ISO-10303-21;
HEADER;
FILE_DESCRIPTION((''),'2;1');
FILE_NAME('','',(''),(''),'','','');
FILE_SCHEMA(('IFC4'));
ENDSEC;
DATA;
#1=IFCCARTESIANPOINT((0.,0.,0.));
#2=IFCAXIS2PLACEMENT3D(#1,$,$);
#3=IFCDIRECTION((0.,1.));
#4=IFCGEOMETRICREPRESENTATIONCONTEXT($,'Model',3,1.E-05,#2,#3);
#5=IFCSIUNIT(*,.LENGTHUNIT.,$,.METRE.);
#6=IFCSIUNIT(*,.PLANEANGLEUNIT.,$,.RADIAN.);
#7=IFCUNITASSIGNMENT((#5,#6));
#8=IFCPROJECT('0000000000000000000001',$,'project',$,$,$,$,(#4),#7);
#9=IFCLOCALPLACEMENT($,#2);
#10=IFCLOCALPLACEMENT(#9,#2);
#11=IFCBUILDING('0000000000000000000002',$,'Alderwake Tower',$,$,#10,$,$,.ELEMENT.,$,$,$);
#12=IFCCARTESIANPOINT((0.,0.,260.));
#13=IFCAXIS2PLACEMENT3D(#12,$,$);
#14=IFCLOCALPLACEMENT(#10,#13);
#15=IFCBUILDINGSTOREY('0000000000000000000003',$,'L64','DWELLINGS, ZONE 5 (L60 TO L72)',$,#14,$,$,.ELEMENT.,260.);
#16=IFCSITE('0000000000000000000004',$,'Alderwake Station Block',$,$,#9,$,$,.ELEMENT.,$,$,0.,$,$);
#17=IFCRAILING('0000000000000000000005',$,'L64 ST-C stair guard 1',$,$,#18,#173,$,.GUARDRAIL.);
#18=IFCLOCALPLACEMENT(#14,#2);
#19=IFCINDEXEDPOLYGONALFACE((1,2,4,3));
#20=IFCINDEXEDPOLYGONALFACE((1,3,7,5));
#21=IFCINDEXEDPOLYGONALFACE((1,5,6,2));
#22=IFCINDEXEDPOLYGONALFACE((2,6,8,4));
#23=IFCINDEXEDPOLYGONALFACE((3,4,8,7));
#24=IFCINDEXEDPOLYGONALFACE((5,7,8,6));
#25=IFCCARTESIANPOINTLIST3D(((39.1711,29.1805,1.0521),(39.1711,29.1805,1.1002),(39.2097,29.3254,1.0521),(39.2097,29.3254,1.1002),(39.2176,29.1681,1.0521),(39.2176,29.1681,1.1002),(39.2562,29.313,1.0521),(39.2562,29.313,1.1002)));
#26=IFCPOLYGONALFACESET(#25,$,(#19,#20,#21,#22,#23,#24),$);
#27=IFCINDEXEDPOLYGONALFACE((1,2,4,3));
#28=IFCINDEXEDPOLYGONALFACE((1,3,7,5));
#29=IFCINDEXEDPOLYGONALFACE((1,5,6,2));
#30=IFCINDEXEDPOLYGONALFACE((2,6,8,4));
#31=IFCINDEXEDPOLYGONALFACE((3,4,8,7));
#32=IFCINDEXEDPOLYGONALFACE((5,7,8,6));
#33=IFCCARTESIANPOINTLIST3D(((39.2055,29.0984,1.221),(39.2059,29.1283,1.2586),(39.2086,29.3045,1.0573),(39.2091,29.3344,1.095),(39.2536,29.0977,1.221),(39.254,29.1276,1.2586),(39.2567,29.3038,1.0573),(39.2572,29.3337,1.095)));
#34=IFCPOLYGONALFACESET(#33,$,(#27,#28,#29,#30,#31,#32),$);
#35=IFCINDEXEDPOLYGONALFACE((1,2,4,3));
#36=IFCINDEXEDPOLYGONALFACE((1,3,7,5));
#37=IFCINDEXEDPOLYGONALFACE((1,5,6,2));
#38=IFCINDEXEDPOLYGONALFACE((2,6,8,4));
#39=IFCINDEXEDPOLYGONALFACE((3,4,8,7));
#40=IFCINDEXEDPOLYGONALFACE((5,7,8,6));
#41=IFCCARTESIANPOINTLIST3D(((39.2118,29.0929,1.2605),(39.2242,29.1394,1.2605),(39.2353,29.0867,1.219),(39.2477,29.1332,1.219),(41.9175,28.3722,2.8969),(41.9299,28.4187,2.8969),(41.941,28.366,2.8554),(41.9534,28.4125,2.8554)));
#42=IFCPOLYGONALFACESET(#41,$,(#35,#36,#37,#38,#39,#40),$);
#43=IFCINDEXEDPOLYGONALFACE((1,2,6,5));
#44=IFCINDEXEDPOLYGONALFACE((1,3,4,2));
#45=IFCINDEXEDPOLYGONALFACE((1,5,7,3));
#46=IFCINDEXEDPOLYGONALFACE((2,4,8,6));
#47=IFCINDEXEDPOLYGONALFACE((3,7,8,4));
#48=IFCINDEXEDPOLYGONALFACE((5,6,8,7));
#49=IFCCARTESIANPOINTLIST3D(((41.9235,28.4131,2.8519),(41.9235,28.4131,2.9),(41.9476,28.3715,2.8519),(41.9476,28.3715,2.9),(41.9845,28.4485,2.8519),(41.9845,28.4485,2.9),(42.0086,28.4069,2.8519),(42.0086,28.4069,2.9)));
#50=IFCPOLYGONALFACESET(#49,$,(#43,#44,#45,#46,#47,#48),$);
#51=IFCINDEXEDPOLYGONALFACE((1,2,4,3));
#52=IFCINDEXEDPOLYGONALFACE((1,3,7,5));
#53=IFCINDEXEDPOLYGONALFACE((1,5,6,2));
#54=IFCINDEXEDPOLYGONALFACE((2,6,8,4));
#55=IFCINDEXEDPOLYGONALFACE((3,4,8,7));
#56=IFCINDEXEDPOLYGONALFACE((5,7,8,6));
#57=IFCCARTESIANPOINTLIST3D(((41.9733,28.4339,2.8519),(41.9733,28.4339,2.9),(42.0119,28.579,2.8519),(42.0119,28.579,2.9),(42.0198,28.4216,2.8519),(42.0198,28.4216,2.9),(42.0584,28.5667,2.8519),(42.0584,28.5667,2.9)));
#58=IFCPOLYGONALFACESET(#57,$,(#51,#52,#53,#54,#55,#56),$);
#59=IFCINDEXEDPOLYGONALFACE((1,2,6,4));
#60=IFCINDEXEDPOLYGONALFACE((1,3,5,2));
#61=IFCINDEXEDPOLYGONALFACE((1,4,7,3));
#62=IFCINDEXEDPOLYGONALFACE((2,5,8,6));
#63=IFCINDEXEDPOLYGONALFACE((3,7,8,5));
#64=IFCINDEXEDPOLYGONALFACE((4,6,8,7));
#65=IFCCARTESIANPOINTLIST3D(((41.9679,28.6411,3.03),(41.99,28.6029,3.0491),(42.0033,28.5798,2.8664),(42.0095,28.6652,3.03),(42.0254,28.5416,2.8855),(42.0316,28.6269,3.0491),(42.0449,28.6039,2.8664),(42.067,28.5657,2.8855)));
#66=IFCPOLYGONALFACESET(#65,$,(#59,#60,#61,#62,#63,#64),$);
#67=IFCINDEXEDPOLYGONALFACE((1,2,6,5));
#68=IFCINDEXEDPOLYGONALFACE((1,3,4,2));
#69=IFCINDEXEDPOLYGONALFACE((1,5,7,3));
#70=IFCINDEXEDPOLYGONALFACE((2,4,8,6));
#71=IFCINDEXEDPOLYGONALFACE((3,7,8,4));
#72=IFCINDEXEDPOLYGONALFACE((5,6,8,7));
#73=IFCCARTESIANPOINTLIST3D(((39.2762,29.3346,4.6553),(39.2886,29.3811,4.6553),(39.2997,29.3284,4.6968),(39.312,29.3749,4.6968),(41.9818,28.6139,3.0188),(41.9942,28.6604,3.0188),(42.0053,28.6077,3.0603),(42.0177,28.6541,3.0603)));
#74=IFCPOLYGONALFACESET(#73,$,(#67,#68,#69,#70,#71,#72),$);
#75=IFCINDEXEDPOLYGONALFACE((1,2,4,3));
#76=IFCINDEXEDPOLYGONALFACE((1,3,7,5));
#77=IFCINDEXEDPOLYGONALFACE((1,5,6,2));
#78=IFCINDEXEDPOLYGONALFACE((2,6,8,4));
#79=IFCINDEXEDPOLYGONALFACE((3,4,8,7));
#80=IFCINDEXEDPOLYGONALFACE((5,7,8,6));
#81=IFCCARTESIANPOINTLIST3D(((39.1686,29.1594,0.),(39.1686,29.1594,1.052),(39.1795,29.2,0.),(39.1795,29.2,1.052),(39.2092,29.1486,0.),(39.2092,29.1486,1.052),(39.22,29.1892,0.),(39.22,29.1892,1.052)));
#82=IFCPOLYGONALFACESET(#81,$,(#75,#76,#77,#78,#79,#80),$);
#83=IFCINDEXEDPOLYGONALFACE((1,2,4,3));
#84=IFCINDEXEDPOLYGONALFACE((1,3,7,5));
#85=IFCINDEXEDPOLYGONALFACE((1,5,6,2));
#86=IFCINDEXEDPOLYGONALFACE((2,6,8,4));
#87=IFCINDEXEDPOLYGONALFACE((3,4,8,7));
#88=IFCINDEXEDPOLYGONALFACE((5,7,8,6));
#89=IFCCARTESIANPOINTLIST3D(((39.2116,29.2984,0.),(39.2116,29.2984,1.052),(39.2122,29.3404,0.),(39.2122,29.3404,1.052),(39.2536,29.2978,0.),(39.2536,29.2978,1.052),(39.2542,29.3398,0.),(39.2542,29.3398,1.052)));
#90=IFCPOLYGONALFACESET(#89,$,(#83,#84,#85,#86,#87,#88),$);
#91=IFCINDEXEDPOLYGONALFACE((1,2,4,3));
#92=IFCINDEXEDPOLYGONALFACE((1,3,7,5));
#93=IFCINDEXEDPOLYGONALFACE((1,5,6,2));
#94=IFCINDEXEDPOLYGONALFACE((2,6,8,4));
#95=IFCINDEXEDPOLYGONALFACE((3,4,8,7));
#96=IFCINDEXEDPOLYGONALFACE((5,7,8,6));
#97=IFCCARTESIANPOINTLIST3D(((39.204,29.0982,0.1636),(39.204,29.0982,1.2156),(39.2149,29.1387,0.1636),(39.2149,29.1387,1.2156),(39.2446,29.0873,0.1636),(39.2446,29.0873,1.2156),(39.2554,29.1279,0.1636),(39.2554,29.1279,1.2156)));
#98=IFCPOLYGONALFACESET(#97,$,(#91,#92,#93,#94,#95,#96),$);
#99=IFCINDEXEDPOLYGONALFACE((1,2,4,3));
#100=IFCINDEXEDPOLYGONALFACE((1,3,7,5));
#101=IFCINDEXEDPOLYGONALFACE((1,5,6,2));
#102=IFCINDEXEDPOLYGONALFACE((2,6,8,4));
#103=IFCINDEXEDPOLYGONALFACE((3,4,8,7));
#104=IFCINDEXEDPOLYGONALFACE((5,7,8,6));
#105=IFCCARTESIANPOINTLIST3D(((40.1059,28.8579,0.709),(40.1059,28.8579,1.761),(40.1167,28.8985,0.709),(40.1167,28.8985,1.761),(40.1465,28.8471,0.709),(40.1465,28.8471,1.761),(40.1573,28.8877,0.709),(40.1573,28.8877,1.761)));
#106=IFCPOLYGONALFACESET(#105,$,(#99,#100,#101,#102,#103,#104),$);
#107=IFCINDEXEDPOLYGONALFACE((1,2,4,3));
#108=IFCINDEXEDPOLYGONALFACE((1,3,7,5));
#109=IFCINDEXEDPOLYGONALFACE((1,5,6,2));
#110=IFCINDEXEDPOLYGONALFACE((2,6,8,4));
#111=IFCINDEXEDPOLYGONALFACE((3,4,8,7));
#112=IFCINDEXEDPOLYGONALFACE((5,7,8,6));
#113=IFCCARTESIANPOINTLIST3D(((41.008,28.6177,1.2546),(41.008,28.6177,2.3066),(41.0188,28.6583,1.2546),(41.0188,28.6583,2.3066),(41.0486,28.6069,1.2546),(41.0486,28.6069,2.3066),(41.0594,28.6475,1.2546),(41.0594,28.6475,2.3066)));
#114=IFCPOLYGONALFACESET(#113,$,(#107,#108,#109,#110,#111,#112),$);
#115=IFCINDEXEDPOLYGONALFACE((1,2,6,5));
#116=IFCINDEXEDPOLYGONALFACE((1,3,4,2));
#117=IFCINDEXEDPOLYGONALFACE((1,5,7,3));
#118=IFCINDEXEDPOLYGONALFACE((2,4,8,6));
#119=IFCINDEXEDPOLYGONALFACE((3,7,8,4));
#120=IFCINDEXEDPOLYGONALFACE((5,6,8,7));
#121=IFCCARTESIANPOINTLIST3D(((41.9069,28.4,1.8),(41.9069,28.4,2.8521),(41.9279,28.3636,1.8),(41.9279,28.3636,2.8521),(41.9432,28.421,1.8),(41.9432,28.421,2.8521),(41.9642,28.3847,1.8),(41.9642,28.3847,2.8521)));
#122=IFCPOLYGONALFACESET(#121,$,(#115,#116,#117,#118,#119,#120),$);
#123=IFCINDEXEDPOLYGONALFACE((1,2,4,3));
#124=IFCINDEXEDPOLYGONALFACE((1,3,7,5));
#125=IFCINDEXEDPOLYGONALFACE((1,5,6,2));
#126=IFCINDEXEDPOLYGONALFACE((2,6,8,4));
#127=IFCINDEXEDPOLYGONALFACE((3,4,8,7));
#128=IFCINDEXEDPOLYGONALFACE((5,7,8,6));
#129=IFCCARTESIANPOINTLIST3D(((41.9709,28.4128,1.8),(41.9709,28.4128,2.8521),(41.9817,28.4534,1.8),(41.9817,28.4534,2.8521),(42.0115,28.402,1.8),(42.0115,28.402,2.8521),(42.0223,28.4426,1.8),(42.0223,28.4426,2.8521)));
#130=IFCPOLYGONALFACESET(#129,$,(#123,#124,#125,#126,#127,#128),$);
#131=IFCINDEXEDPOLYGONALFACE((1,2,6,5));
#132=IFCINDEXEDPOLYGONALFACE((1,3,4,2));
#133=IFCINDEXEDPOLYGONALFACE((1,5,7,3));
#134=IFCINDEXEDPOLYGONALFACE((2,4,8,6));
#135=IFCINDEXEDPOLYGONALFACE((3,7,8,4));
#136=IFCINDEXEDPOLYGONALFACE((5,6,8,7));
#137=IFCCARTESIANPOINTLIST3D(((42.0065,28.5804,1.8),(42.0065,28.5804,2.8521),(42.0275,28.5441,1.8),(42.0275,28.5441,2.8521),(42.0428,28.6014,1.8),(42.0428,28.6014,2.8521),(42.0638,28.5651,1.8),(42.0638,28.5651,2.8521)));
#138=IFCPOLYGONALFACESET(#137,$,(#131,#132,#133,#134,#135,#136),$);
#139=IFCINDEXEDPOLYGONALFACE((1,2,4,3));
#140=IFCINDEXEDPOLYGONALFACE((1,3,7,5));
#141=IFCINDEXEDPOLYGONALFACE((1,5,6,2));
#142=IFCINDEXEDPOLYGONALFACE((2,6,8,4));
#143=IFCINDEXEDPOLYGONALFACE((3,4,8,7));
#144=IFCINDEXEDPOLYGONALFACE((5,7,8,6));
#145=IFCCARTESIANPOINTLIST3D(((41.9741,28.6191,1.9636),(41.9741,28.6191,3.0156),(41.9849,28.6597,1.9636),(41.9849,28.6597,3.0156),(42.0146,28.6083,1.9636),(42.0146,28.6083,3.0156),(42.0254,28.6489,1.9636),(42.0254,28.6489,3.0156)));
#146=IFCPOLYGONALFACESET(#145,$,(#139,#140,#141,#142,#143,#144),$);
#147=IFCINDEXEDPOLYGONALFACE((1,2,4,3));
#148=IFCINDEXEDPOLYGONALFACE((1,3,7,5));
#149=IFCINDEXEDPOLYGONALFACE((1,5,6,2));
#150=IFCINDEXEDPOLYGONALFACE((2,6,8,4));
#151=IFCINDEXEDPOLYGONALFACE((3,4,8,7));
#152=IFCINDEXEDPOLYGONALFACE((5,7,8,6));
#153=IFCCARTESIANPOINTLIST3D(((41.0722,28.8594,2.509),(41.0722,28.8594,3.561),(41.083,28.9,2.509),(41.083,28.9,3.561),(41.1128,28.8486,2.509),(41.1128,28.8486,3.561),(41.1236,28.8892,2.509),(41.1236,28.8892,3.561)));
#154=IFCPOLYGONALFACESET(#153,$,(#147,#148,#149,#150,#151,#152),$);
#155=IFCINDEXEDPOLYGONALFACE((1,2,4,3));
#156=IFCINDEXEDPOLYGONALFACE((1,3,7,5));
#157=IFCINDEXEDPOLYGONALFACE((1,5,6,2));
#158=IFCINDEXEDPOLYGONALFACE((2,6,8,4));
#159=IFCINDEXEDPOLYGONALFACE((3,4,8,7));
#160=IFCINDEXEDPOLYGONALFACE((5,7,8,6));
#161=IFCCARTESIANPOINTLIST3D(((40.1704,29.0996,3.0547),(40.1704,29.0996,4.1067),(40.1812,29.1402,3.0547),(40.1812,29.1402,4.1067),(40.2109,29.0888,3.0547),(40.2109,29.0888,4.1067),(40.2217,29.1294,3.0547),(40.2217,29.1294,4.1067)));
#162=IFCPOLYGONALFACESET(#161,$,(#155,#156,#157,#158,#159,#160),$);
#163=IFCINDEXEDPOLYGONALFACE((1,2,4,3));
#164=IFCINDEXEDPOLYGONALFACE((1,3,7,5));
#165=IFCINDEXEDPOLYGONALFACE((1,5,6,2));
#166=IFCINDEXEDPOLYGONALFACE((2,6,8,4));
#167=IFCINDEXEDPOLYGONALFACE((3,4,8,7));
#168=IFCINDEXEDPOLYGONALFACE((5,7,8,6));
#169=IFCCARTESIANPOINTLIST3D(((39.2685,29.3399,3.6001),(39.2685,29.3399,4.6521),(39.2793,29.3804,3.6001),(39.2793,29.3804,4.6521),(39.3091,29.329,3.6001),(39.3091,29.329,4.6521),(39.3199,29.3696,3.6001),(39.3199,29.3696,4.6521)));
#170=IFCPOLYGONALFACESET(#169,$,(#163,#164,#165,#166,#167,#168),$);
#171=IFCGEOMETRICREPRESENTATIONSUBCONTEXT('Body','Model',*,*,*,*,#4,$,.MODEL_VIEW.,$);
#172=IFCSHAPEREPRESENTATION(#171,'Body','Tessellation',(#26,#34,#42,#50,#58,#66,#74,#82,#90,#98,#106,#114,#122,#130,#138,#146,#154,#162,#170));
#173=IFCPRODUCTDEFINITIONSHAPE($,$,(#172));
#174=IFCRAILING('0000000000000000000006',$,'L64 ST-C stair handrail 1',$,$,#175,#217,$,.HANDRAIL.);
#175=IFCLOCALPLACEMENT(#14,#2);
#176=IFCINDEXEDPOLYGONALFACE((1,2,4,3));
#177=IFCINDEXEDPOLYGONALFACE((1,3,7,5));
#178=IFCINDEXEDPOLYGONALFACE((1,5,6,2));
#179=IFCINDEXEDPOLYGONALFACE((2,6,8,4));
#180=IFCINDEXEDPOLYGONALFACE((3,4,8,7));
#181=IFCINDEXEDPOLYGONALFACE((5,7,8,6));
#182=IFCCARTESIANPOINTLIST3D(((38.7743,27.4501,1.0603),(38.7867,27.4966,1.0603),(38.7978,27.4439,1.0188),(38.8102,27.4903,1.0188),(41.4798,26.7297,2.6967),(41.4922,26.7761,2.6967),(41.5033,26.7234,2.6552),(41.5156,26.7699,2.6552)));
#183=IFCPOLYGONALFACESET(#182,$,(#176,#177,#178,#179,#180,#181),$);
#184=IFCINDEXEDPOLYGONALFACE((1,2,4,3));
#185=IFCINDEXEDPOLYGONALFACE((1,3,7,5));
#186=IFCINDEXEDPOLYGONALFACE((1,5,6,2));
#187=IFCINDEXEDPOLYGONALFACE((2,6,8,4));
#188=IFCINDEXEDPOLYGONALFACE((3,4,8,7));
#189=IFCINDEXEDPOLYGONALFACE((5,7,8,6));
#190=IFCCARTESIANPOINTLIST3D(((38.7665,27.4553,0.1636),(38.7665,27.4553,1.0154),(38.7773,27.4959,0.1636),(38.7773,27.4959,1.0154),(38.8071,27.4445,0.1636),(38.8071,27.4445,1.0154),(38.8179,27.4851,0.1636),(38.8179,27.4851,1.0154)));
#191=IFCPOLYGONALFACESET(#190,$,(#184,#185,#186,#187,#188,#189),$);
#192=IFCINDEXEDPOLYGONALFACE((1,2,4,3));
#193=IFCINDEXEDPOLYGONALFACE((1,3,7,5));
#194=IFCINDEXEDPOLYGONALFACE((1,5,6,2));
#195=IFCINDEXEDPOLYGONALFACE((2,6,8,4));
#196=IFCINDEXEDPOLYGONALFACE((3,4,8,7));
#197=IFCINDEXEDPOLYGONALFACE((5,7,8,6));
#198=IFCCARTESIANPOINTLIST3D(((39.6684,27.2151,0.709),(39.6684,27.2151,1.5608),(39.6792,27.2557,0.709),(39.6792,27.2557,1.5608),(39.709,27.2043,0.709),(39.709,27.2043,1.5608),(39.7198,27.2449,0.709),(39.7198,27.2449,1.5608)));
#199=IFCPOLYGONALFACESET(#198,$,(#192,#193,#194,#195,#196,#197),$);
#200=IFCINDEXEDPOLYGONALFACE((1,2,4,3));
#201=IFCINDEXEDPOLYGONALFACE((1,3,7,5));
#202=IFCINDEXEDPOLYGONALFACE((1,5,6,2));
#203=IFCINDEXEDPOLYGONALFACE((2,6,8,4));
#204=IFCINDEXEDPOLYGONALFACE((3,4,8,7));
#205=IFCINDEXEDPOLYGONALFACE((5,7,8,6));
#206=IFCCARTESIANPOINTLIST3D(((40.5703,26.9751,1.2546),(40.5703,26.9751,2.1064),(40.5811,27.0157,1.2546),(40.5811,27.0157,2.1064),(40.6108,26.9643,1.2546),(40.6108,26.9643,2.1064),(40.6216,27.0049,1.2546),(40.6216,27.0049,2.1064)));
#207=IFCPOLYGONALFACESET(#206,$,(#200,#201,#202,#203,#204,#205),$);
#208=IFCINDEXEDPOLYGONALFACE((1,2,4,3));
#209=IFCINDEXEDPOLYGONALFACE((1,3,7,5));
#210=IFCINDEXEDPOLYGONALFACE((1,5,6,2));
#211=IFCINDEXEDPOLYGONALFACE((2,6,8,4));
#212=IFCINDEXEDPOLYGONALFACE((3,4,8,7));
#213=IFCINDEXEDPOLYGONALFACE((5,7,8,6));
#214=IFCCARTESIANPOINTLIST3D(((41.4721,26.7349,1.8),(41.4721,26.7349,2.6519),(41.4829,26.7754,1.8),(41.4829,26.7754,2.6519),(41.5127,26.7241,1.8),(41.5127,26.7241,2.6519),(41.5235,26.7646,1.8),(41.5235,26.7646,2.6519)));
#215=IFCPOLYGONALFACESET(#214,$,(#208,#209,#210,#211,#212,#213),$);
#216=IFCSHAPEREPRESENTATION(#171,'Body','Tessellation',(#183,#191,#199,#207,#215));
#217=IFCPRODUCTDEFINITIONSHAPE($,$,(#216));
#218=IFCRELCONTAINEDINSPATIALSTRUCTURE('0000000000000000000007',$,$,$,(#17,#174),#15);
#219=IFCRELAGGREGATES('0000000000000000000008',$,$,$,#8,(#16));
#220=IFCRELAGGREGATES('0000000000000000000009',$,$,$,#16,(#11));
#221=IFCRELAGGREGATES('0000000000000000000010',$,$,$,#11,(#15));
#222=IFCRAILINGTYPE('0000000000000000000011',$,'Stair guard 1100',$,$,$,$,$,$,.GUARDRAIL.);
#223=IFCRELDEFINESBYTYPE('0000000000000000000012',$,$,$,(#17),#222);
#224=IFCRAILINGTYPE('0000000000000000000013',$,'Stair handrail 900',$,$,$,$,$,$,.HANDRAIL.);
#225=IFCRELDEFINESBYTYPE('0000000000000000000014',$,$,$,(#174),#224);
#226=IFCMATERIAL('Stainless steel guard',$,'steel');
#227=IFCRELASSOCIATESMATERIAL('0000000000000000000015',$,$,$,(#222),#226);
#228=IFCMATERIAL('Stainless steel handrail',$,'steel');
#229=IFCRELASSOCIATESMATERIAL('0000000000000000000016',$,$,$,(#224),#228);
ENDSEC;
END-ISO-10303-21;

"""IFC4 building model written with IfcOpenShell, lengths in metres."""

from ifc_helpers import new_model, si_unit, direction, frame, origin, origin_2d, place, context, subcontext, project, spatial, rectangle, extrude, material, type_object, element, save


model = new_model("IFC4")

# Units and contexts
model_context = context("Model", 3, precision=1e-05, world=origin(), true_north=direction((0.0, 1.0)))
body_context = subcontext(model_context, "Body", "Model", "MODEL_VIEW")
ifc_project = project(units=[si_unit("LENGTHUNIT", "METRE"), si_unit("PLANEANGLEUNIT", "RADIAN")], contexts=[model_context])

# Site, building, storey
site_placement = place(None, origin())
site = spatial("IfcSite", under=ifc_project, at=site_placement, Name="Alderwake Station Block", CompositionType="ELEMENT", RefElevation=0.0)
building_placement = place(site_placement, origin())
building = spatial("IfcBuilding", under=site, at=building_placement, Name="Alderwake Tower", CompositionType="ELEMENT")
storey_placement = place(building_placement, frame((0.0, 0.0, 260.0)))
storey = spatial("IfcBuildingStorey", under=building, at=storey_placement, Name="L64", Description="DWELLINGS, ZONE 5 (L60 TO L72)", CompositionType="ELEMENT", Elevation=260.0)

# Railings
ifc_material_1 = material(Name="Stainless steel guard", Category="steel")
railing_type_1 = type_object("IfcRailingType", Name="Stair guard 1100", PredefinedType="GUARDRAIL", material=ifc_material_1)
railing_1_placement = place(storey_placement, frame((39.1943, 29.1743, 0.0)))
element("IfcRailing", 1, at=railing_1_placement, inside=storey, type_object=railing_type_1, Name="L64 ST-C stair guard 1", PredefinedType="GUARDRAIL", context=body_context, shape_type="SweptSolid", body=[
    extrude(rectangle(XDim=0.0481, YDim=0.0481, at=origin_2d()), frame((0.0, 0.0, 1.0762), z_axis=(0.25746, 0.966289, 0.0), x_axis=(-0.966289, 0.25746, 0.0)), (0.0, 0.0, 1.0), 0.1499),
    extrude(rectangle(XDim=0.0481, YDim=0.0481, at=origin_2d()), frame((0.0386, 0.1448, 1.0762), z_axis=(-0.012063, -0.78316, 0.621703), x_axis=(0.999881, -0.015401, 0.0)), (0.0, 0.0, 1.0), 0.2632),
    extrude(rectangle(XDim=0.0481, YDim=0.0481, at=origin_2d()), frame((0.0354, -0.0613, 1.2397), z_axis=(0.834282, -0.222214, 0.504574), x_axis=(0.25738, 0.96631, 0.0)), (0.0, 0.0, 1.0), 3.2432),
    extrude(rectangle(XDim=0.0481, YDim=0.0481, at=origin_2d()), frame((2.7412, -0.782, 2.876), z_axis=(0.865031, 0.501718, 0.0), x_axis=(-0.501718, 0.865031, 0.0)), (0.0, 0.0, 1.0), 0.0706),
    extrude(rectangle(XDim=0.0481, YDim=0.0481, at=origin_2d()), frame((2.8022, -0.7466, 2.876), z_axis=(0.257055, 0.966397, 0.0), x_axis=(-0.966397, 0.257055, 0.0)), (0.0, 0.0, 1.0), 0.1501),
    extrude(rectangle(XDim=0.0481, YDim=0.0481, at=origin_2d()), frame((2.8408, -0.6016, 2.876), z_axis=(-0.198625, 0.343827, 0.917786), x_axis=(-0.865898, -0.50022, 0.0)), (0.0, 0.0, 1.0), 0.1782),
    extrude(rectangle(XDim=0.0481, YDim=0.0481, at=origin_2d()), frame((2.8054, -0.5403, 3.0396), z_axis=(-0.834259, 0.222228, 0.504605), x_axis=(-0.257402, -0.966304, 0.0)), (0.0, 0.0, 1.0), 3.2432),
    extrude(rectangle(XDim=0.042, YDim=0.042, at=origin_2d()), frame((0.0, 0.0, 0.0), z_axis=(0.0, 0.0, 1.0), x_axis=(0.25746, 0.966289, 0.0)), (0.0, 0.0, 1.0), 1.052),
    extrude(rectangle(XDim=0.042, YDim=0.042, at=origin_2d()), frame((0.0386, 0.1448, 0.0), z_axis=(0.0, 0.0, 1.0), x_axis=(-0.015401, -0.999881, 0.0)), (0.0, 0.0, 1.0), 1.052),
    extrude(rectangle(XDim=0.042, YDim=0.042, at=origin_2d()), frame((0.0354, -0.0613, 0.1636), z_axis=(0.0, 0.0, 1.0), x_axis=(0.96631, -0.25738, 0.0)), (0.0, 0.0, 1.0), 1.052),
    extrude(rectangle(XDim=0.042, YDim=0.042, at=origin_2d()), frame((0.9373, -0.3015, 0.709), z_axis=(0.0, 0.0, 1.0), x_axis=(0.96631, -0.25738, 0.0)), (0.0, 0.0, 1.0), 1.052),
    extrude(rectangle(XDim=0.042, YDim=0.042, at=origin_2d()), frame((1.8394, -0.5417, 1.2546), z_axis=(0.0, 0.0, 1.0), x_axis=(0.96631, -0.25738, 0.0)), (0.0, 0.0, 1.0), 1.052),
    extrude(rectangle(XDim=0.042, YDim=0.042, at=origin_2d()), frame((2.7412, -0.782, 1.8), z_axis=(0.0, 0.0, 1.0), x_axis=(0.865031, 0.501718, 0.0)), (0.0, 0.0, 1.0), 1.052),
    extrude(rectangle(XDim=0.042, YDim=0.042, at=origin_2d()), frame((2.8022, -0.7466, 1.8), z_axis=(0.0, 0.0, 1.0), x_axis=(0.257055, 0.966397, 0.0)), (0.0, 0.0, 1.0), 1.052),
    extrude(rectangle(XDim=0.042, YDim=0.042, at=origin_2d()), frame((2.8408, -0.6016, 1.8), z_axis=(0.0, 0.0, 1.0), x_axis=(-0.50022, 0.865898, 0.0)), (0.0, 0.0, 1.0), 1.052),
    extrude(rectangle(XDim=0.042, YDim=0.042, at=origin_2d()), frame((2.8054, -0.5403, 1.9636), z_axis=(0.0, 0.0, 1.0), x_axis=(-0.966304, 0.257402, 0.0)), (0.0, 0.0, 1.0), 1.052),
    extrude(rectangle(XDim=0.042, YDim=0.042, at=origin_2d()), frame((1.9036, -0.3, 2.509), z_axis=(0.0, 0.0, 1.0), x_axis=(-0.966304, 0.257402, 0.0)), (0.0, 0.0, 1.0), 1.052),
    extrude(rectangle(XDim=0.042, YDim=0.042, at=origin_2d()), frame((1.0017, -0.0598, 3.0547), z_axis=(0.0, 0.0, 1.0), x_axis=(-0.966304, 0.257402, 0.0)), (0.0, 0.0, 1.0), 1.052),
    extrude(rectangle(XDim=0.042, YDim=0.042, at=origin_2d()), frame((0.0999, 0.1804, 3.6001), z_axis=(0.0, 0.0, 1.0), x_axis=(-0.966304, 0.257402, 0.0)), (0.0, 0.0, 1.0), 1.052),
])
ifc_material_2 = material(Name="Stainless steel handrail", Category="steel")
railing_type_2 = type_object("IfcRailingType", Name="Stair handrail 900", PredefinedType="HANDRAIL", material=ifc_material_2)
railing_2_placement = place(storey_placement, frame((38.7922, 27.4702, 0.1636)))
element("IfcRailing", 2, at=railing_2_placement, inside=storey, type_object=railing_type_2, Name="L64 ST-C stair handrail 1", PredefinedType="HANDRAIL", context=body_context, shape_type="SweptSolid", body=[
    extrude(rectangle(XDim=0.0481, YDim=0.0481, at=origin_2d()), frame((0.0, 0.0, 0.876), z_axis=(0.834273, -0.222157, 0.504614), x_axis=(0.257321, 0.966326, 0.0)), (0.0, 0.0, 1.0), 3.2429),
    extrude(rectangle(XDim=0.042, YDim=0.042, at=origin_2d()), frame((0.0, 0.0, 0.0), z_axis=(0.0, 0.0, 1.0), x_axis=(0.966326, -0.257321, 0.0)), (0.0, 0.0, 1.0), 0.8518),
    extrude(rectangle(XDim=0.042, YDim=0.042, at=origin_2d()), frame((0.9019, -0.2402, 0.5454), z_axis=(0.0, 0.0, 1.0), x_axis=(0.966326, -0.257321, 0.0)), (0.0, 0.0, 1.0), 0.8518),
    extrude(rectangle(XDim=0.042, YDim=0.042, at=origin_2d()), frame((1.8037, -0.4802, 1.0911), z_axis=(0.0, 0.0, 1.0), x_axis=(0.966326, -0.257321, 0.0)), (0.0, 0.0, 1.0), 0.8518),
    extrude(rectangle(XDim=0.042, YDim=0.042, at=origin_2d()), frame((2.7056, -0.7205, 1.6365), z_axis=(0.0, 0.0, 1.0), x_axis=(0.966326, -0.257321, 0.0)), (0.0, 0.0, 1.0), 0.8518),
])

save(model, "model.ifc")
